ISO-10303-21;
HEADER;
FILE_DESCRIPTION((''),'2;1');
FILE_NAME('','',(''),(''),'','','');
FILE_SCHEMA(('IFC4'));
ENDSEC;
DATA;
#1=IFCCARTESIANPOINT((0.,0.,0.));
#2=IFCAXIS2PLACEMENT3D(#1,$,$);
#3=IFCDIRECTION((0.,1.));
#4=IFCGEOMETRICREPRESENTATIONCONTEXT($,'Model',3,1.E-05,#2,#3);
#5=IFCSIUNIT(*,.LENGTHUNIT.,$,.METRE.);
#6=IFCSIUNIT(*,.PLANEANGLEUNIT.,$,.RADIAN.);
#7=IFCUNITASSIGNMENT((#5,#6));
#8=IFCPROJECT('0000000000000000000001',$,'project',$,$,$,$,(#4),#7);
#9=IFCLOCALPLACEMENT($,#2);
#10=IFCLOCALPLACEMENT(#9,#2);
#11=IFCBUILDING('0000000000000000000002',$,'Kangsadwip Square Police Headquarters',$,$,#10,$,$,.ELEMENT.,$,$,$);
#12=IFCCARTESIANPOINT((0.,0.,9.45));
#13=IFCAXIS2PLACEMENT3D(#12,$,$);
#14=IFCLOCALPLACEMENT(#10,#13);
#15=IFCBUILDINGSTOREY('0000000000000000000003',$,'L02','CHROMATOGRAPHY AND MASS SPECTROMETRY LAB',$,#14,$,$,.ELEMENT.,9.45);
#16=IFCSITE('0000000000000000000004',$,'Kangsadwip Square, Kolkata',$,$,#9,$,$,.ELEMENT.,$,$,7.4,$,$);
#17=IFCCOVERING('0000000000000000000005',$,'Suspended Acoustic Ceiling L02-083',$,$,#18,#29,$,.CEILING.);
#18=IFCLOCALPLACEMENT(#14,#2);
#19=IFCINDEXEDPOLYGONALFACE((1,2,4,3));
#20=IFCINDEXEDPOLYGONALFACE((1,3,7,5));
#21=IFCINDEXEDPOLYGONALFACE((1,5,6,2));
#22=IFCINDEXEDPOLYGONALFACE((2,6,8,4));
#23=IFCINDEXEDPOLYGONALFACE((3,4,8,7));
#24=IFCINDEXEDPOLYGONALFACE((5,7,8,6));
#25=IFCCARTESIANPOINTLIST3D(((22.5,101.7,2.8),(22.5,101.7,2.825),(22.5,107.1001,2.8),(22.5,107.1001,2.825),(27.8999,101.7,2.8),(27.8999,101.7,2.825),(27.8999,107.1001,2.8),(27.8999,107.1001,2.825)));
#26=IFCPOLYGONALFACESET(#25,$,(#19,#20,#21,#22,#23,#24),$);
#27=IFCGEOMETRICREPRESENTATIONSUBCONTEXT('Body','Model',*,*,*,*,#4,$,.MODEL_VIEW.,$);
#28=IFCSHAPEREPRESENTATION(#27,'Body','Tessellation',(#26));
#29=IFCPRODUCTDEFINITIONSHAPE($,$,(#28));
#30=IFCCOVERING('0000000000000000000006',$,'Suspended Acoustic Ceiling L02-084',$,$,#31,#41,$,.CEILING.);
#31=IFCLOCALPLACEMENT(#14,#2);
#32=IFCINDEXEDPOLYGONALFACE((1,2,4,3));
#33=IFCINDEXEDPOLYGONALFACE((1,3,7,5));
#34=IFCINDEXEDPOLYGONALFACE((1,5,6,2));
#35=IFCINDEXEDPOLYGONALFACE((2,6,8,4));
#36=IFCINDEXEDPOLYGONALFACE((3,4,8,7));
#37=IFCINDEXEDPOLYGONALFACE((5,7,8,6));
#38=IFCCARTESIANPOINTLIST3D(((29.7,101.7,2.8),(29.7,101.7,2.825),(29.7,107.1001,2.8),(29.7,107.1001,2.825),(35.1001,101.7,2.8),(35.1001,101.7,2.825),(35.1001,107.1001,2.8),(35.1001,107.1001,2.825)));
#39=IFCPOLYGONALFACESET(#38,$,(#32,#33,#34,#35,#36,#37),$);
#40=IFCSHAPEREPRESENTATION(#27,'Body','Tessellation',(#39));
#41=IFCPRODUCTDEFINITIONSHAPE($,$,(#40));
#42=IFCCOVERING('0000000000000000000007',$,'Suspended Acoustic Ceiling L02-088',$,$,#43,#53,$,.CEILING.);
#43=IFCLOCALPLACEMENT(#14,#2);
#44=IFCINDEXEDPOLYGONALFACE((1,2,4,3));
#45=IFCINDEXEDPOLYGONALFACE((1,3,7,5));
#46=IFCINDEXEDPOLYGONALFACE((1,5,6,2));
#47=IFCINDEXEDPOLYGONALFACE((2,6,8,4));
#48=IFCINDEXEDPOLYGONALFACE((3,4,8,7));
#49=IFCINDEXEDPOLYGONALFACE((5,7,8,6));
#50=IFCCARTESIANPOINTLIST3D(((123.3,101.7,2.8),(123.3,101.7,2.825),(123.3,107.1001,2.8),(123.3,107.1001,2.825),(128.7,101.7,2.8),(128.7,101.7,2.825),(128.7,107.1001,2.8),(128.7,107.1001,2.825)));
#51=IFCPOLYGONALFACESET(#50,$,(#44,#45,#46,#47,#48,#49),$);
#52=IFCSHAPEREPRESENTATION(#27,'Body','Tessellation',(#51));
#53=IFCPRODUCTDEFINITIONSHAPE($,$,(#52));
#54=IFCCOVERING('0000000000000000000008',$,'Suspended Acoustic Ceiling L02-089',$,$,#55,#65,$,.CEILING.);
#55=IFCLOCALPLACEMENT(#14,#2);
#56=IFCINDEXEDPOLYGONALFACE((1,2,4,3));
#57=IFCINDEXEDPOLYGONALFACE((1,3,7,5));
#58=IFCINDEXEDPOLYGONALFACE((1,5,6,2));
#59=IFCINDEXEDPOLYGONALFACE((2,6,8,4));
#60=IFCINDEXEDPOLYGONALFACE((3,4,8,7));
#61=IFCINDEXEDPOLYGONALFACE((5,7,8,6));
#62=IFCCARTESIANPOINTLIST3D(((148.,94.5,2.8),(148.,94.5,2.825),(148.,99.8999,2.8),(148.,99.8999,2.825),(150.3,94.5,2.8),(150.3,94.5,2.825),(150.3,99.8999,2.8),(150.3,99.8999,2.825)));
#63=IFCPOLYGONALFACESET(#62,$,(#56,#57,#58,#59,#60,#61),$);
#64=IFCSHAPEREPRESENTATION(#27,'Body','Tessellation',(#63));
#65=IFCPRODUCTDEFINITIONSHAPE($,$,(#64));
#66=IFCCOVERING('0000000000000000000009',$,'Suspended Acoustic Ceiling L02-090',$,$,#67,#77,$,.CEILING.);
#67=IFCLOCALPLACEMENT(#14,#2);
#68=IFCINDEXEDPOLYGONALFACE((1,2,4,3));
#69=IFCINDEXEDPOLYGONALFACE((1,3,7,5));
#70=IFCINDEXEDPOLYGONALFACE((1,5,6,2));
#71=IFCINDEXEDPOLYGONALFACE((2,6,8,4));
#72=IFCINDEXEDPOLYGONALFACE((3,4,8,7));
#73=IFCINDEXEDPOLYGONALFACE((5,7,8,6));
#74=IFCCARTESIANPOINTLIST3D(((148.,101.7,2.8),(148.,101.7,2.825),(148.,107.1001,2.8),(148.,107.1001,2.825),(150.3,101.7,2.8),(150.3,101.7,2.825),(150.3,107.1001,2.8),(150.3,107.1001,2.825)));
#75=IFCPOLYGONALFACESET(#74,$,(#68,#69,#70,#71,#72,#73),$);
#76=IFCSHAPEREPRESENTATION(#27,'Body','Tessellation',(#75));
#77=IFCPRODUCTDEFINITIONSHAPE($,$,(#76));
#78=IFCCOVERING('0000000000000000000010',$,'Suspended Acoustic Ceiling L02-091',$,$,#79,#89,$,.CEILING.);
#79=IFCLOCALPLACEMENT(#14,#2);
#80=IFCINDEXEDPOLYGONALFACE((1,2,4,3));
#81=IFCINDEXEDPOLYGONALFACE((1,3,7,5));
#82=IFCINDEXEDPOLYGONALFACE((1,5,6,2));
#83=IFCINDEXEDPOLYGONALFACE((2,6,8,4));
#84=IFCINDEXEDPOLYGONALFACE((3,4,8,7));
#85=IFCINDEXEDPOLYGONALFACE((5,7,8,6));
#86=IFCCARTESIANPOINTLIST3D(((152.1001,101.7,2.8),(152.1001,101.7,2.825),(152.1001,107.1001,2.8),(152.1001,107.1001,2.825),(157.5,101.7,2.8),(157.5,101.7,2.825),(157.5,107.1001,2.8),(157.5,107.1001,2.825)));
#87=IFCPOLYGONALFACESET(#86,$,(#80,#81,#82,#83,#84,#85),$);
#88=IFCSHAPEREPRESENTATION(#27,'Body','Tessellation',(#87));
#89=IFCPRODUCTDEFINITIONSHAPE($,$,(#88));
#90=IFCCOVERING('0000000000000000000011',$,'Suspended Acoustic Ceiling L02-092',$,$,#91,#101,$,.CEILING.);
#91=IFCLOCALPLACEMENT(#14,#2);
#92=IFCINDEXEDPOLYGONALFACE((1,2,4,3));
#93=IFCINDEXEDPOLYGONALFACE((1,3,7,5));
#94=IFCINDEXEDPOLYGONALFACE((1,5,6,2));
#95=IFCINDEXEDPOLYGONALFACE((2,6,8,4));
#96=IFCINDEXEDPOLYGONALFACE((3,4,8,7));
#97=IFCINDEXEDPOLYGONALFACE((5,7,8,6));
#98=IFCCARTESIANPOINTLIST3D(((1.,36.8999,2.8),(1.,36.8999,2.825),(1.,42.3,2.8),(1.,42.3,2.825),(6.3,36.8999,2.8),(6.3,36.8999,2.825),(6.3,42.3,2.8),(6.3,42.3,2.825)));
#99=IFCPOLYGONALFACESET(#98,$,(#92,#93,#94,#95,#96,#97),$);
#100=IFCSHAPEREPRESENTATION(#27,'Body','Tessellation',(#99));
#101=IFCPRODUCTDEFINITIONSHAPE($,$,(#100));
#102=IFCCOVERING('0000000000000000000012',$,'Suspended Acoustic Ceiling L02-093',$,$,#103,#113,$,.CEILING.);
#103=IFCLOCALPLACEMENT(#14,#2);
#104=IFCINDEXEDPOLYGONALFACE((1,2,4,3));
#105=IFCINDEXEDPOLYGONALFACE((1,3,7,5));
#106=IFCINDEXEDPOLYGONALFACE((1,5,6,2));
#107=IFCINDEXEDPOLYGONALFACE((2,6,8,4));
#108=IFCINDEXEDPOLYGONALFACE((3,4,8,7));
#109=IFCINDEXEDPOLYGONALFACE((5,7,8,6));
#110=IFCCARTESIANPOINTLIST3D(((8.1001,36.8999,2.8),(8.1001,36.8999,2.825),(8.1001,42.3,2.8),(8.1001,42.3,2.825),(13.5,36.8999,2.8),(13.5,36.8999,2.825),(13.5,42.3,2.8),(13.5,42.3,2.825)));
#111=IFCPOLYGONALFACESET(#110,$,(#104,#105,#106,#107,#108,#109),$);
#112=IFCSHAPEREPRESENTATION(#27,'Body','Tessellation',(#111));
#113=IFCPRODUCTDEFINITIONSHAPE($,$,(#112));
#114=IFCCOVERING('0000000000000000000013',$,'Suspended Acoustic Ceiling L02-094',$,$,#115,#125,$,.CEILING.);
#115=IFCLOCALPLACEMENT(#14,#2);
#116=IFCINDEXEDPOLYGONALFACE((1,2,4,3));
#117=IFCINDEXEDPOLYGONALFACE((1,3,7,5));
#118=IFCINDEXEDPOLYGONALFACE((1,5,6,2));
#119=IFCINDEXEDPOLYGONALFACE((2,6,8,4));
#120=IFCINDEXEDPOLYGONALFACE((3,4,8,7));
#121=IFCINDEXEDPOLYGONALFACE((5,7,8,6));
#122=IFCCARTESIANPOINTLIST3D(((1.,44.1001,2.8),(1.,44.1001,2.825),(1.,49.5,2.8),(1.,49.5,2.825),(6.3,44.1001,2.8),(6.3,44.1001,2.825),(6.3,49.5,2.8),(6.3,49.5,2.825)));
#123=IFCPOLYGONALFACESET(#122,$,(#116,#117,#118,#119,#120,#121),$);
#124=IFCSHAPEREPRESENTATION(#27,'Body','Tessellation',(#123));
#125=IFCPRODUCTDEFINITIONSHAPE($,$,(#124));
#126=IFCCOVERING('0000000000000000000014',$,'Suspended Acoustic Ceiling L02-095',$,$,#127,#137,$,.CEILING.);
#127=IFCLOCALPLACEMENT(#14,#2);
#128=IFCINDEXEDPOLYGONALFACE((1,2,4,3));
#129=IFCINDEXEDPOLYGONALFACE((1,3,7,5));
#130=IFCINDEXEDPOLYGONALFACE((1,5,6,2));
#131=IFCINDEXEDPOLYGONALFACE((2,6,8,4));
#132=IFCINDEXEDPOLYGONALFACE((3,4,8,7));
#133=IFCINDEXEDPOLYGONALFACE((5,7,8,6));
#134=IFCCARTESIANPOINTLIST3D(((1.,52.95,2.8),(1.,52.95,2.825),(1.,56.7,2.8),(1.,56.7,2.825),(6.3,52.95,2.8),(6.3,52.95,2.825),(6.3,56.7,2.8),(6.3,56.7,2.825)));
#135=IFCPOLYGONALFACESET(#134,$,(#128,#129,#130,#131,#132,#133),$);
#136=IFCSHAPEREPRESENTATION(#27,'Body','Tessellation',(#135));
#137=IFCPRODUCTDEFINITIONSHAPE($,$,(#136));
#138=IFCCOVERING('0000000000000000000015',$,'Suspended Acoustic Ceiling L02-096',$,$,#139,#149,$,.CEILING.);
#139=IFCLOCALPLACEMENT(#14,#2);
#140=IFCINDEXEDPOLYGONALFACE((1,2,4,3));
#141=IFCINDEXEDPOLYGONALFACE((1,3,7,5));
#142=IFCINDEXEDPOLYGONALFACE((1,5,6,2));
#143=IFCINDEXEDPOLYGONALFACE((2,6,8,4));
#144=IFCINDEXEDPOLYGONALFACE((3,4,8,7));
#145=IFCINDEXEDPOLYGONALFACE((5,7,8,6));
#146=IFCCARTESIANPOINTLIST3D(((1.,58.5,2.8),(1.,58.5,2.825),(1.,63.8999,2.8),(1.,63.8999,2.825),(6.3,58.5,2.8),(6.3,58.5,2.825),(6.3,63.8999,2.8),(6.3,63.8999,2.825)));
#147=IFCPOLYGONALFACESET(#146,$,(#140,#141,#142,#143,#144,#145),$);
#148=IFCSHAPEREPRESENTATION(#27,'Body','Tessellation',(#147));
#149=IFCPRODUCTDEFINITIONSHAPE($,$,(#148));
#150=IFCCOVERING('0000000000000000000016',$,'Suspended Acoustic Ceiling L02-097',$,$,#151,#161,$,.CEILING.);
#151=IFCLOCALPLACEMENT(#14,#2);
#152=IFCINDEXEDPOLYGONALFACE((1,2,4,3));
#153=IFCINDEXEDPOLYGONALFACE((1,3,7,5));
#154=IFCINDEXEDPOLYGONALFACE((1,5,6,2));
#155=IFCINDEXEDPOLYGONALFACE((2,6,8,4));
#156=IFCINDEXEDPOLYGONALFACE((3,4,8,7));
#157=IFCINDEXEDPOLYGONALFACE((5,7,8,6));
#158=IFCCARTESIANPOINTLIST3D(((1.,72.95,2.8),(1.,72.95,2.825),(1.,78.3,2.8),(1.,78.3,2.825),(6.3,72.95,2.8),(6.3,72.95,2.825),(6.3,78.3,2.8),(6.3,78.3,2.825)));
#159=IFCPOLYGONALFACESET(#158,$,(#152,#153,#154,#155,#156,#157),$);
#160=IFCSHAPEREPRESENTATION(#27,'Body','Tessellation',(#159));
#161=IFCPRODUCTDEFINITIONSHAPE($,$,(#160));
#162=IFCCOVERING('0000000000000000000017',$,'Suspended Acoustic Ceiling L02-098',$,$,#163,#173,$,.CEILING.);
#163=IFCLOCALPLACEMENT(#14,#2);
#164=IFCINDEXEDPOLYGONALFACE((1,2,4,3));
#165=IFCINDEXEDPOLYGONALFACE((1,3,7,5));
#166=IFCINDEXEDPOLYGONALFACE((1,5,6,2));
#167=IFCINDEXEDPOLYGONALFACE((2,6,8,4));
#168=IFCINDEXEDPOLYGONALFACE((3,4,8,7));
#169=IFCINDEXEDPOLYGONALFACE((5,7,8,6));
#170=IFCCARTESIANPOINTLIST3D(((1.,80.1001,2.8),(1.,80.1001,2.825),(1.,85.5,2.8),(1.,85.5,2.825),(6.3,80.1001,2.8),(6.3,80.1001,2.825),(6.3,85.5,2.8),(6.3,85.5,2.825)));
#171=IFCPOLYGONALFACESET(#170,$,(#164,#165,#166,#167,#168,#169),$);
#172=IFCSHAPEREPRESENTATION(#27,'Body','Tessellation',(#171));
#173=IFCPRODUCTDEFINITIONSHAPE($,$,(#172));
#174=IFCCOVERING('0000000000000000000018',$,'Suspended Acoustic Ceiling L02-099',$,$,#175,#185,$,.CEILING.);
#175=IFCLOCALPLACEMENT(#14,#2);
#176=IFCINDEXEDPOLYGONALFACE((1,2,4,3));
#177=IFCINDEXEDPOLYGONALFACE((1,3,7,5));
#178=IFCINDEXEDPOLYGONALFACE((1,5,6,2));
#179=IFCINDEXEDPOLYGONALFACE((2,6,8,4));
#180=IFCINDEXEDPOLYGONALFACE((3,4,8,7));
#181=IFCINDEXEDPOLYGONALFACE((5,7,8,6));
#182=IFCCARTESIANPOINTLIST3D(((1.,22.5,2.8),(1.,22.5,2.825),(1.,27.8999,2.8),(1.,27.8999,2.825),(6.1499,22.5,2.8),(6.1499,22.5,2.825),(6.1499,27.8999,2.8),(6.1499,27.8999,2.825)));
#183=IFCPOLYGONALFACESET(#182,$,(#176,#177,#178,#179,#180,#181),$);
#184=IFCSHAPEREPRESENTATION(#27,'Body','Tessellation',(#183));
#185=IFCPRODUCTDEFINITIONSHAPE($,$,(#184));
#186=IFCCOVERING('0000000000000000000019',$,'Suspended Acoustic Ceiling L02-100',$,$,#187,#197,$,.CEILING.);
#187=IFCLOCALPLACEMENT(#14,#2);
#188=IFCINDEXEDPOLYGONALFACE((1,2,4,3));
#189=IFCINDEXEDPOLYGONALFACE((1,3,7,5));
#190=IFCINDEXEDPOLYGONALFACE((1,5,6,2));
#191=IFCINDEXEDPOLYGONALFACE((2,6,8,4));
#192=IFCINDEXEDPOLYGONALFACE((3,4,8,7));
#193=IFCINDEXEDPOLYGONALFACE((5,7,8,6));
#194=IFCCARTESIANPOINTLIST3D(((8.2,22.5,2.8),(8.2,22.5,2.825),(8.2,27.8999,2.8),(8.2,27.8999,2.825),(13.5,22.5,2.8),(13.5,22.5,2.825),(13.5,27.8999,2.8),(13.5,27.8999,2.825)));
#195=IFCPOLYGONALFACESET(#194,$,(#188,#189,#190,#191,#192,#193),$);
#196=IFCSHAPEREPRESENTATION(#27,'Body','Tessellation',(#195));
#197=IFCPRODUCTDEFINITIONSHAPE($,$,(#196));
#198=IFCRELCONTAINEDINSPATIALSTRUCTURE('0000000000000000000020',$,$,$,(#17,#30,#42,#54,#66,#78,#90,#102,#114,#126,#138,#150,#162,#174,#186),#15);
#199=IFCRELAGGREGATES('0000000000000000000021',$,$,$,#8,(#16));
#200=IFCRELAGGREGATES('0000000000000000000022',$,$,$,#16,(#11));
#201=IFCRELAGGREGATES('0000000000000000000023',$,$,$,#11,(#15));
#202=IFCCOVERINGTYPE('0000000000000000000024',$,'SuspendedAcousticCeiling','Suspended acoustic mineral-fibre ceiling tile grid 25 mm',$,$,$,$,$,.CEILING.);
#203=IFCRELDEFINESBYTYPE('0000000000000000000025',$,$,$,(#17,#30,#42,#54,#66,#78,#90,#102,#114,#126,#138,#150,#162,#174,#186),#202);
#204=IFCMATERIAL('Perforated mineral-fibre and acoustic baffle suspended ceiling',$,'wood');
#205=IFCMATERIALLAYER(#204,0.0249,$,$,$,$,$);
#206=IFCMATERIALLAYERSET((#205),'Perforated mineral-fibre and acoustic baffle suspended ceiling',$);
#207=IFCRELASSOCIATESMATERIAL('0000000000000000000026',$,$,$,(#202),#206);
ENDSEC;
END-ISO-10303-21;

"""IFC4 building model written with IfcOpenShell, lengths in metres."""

from ifc_helpers import new_model, si_unit, direction, frame, origin, place, context, subcontext, project, spatial, polyline, outline, extrude, material, layer, layer_set, type_object, element, save


model = new_model("IFC4")

# Units and contexts
model_context = context("Model", 3, precision=1e-05, world=origin(), true_north=direction((0.0, 1.0)))
body_context = subcontext(model_context, "Body", "Model", "MODEL_VIEW")
ifc_project = project(units=[si_unit("LENGTHUNIT", "METRE"), si_unit("PLANEANGLEUNIT", "RADIAN")], contexts=[model_context])

# Site, building, storey
site_placement = place(None, origin())
site = spatial("IfcSite", under=ifc_project, at=site_placement, Name="Kangsadwip Square, Kolkata", CompositionType="ELEMENT", RefElevation=7.4)
building_placement = place(site_placement, origin())
building = spatial("IfcBuilding", under=site, at=building_placement, Name="Kangsadwip Square Police Headquarters", CompositionType="ELEMENT")
storey_placement = place(building_placement, frame((0.0, 0.0, 9.45)))
storey = spatial("IfcBuildingStorey", under=building, at=storey_placement, Name="L02", Description="CHROMATOGRAPHY AND MASS SPECTROMETRY LAB", CompositionType="ELEMENT", Elevation=9.45)

# Coverings
ifc_material = material(Name="Perforated mineral-fibre and acoustic baffle suspended ceiling", Category="wood")
ifc_layer = layer(ifc_material, 0.0249)
ifc_layer_set = layer_set([ifc_layer], Name="Perforated mineral-fibre and acoustic baffle suspended ceiling")
covering_type = type_object("IfcCoveringType", Name="SuspendedAcousticCeiling", Description="Suspended acoustic mineral-fibre ceiling tile grid 25 mm", PredefinedType="CEILING", material=ifc_layer_set)
covering_1_placement = place(storey_placement, frame((0.0, 0.0, 2.8)))
element("IfcCovering", 1, at=covering_1_placement, inside=storey, type_object=covering_type, Name="Suspended Acoustic Ceiling L02-083", PredefinedType="CEILING", context=body_context, shape_type="SweptSolid", body=[
    extrude(outline(polyline([(22.5, 101.7), (27.8999, 101.7), (27.8999, 107.1001), (22.5, 107.1001), (22.5, 101.7)])), origin(), (0.0, 0.0, 1.0), 0.0249),
])
covering_2_placement = place(storey_placement, frame((0.0, 0.0, 2.8)))
element("IfcCovering", 2, at=covering_2_placement, inside=storey, type_object=covering_type, Name="Suspended Acoustic Ceiling L02-084", PredefinedType="CEILING", context=body_context, shape_type="SweptSolid", body=[
    extrude(outline(polyline([(29.7, 101.7), (35.1001, 101.7), (35.1001, 107.1001), (29.7, 107.1001), (29.7, 101.7)])), origin(), (0.0, 0.0, 1.0), 0.0249),
])
covering_3_placement = place(storey_placement, frame((0.0, 0.0, 2.8)))
element("IfcCovering", 3, at=covering_3_placement, inside=storey, type_object=covering_type, Name="Suspended Acoustic Ceiling L02-088", PredefinedType="CEILING", context=body_context, shape_type="SweptSolid", body=[
    extrude(outline(polyline([(123.3, 101.7), (128.7, 101.7), (128.7, 107.1001), (123.3, 107.1001), (123.3, 101.7)])), origin(), (0.0, 0.0, 1.0), 0.0249),
])
covering_4_placement = place(storey_placement, frame((0.0, 0.0, 2.8)))
element("IfcCovering", 4, at=covering_4_placement, inside=storey, type_object=covering_type, Name="Suspended Acoustic Ceiling L02-089", PredefinedType="CEILING", context=body_context, shape_type="SweptSolid", body=[
    extrude(outline(polyline([(148.0, 94.5), (150.3, 94.5), (150.3, 99.8999), (148.0, 99.8999), (148.0, 94.5)])), origin(), (0.0, 0.0, 1.0), 0.0249),
])
covering_5_placement = place(storey_placement, frame((0.0, 0.0, 2.8)))
element("IfcCovering", 5, at=covering_5_placement, inside=storey, type_object=covering_type, Name="Suspended Acoustic Ceiling L02-090", PredefinedType="CEILING", context=body_context, shape_type="SweptSolid", body=[
    extrude(outline(polyline([(148.0, 101.7), (150.3, 101.7), (150.3, 107.1001), (148.0, 107.1001), (148.0, 101.7)])), origin(), (0.0, 0.0, 1.0), 0.0249),
])
covering_6_placement = place(storey_placement, frame((0.0, 0.0, 2.8)))
element("IfcCovering", 6, at=covering_6_placement, inside=storey, type_object=covering_type, Name="Suspended Acoustic Ceiling L02-091", PredefinedType="CEILING", context=body_context, shape_type="SweptSolid", body=[
    extrude(outline(polyline([(152.1001, 101.7), (157.5, 101.7), (157.5, 107.1001), (152.1001, 107.1001), (152.1001, 101.7)])), origin(), (0.0, 0.0, 1.0), 0.0249),
])
covering_7_placement = place(storey_placement, frame((0.0, 0.0, 2.8)))
element("IfcCovering", 7, at=covering_7_placement, inside=storey, type_object=covering_type, Name="Suspended Acoustic Ceiling L02-092", PredefinedType="CEILING", context=body_context, shape_type="SweptSolid", body=[
    extrude(outline(polyline([(1.0, 36.8999), (6.3, 36.8999), (6.3, 42.3), (1.0, 42.3), (1.0, 36.8999)])), origin(), (0.0, 0.0, 1.0), 0.0249),
])
covering_8_placement = place(storey_placement, frame((0.0, 0.0, 2.8)))
element("IfcCovering", 8, at=covering_8_placement, inside=storey, type_object=covering_type, Name="Suspended Acoustic Ceiling L02-093", PredefinedType="CEILING", context=body_context, shape_type="SweptSolid", body=[
    extrude(outline(polyline([(8.1001, 36.8999), (13.5, 36.8999), (13.5, 42.3), (8.1001, 42.3), (8.1001, 36.8999)])), origin(), (0.0, 0.0, 1.0), 0.0249),
])
covering_9_placement = place(storey_placement, frame((0.0, 0.0, 2.8)))
element("IfcCovering", 9, at=covering_9_placement, inside=storey, type_object=covering_type, Name="Suspended Acoustic Ceiling L02-094", PredefinedType="CEILING", context=body_context, shape_type="SweptSolid", body=[
    extrude(outline(polyline([(1.0, 44.1001), (6.3, 44.1001), (6.3, 49.5), (1.0, 49.5), (1.0, 44.1001)])), origin(), (0.0, 0.0, 1.0), 0.0249),
])
covering_10_placement = place(storey_placement, frame((0.0, 0.0, 2.8)))
element("IfcCovering", 10, at=covering_10_placement, inside=storey, type_object=covering_type, Name="Suspended Acoustic Ceiling L02-095", PredefinedType="CEILING", context=body_context, shape_type="SweptSolid", body=[
    extrude(outline(polyline([(1.0, 52.95), (6.3, 52.95), (6.3, 56.7), (1.0, 56.7), (1.0, 52.95)])), origin(), (0.0, 0.0, 1.0), 0.0249),
])
covering_11_placement = place(storey_placement, frame((0.0, 0.0, 2.8)))
element("IfcCovering", 11, at=covering_11_placement, inside=storey, type_object=covering_type, Name="Suspended Acoustic Ceiling L02-096", PredefinedType="CEILING", context=body_context, shape_type="SweptSolid", body=[
    extrude(outline(polyline([(1.0, 58.5), (6.3, 58.5), (6.3, 63.8999), (1.0, 63.8999), (1.0, 58.5)])), origin(), (0.0, 0.0, 1.0), 0.0249),
])
covering_12_placement = place(storey_placement, frame((0.0, 0.0, 2.8)))
element("IfcCovering", 12, at=covering_12_placement, inside=storey, type_object=covering_type, Name="Suspended Acoustic Ceiling L02-097", PredefinedType="CEILING", context=body_context, shape_type="SweptSolid", body=[
    extrude(outline(polyline([(1.0, 72.95), (6.3, 72.95), (6.3, 78.3), (1.0, 78.3), (1.0, 72.95)])), origin(), (0.0, 0.0, 1.0), 0.0249),
])
covering_13_placement = place(storey_placement, frame((0.0, 0.0, 2.8)))
element("IfcCovering", 13, at=covering_13_placement, inside=storey, type_object=covering_type, Name="Suspended Acoustic Ceiling L02-098", PredefinedType="CEILING", context=body_context, shape_type="SweptSolid", body=[
    extrude(outline(polyline([(1.0, 80.1001), (6.3, 80.1001), (6.3, 85.5), (1.0, 85.5), (1.0, 80.1001)])), origin(), (0.0, 0.0, 1.0), 0.0249),
])
covering_14_placement = place(storey_placement, frame((0.0, 0.0, 2.8)))
element("IfcCovering", 14, at=covering_14_placement, inside=storey, type_object=covering_type, Name="Suspended Acoustic Ceiling L02-099", PredefinedType="CEILING", context=body_context, shape_type="SweptSolid", body=[
    extrude(outline(polyline([(1.0, 22.5), (6.1499, 22.5), (6.1499, 27.8999), (1.0, 27.8999), (1.0, 22.5)])), origin(), (0.0, 0.0, 1.0), 0.0249),
])
covering_15_placement = place(storey_placement, frame((0.0, 0.0, 2.8)))
element("IfcCovering", 15, at=covering_15_placement, inside=storey, type_object=covering_type, Name="Suspended Acoustic Ceiling L02-100", PredefinedType="CEILING", context=body_context, shape_type="SweptSolid", body=[
    extrude(outline(polyline([(8.2, 22.5), (13.5, 22.5), (13.5, 27.8999), (8.2, 27.8999), (8.2, 22.5)])), origin(), (0.0, 0.0, 1.0), 0.0249),
])

save(model, "model.ifc")
